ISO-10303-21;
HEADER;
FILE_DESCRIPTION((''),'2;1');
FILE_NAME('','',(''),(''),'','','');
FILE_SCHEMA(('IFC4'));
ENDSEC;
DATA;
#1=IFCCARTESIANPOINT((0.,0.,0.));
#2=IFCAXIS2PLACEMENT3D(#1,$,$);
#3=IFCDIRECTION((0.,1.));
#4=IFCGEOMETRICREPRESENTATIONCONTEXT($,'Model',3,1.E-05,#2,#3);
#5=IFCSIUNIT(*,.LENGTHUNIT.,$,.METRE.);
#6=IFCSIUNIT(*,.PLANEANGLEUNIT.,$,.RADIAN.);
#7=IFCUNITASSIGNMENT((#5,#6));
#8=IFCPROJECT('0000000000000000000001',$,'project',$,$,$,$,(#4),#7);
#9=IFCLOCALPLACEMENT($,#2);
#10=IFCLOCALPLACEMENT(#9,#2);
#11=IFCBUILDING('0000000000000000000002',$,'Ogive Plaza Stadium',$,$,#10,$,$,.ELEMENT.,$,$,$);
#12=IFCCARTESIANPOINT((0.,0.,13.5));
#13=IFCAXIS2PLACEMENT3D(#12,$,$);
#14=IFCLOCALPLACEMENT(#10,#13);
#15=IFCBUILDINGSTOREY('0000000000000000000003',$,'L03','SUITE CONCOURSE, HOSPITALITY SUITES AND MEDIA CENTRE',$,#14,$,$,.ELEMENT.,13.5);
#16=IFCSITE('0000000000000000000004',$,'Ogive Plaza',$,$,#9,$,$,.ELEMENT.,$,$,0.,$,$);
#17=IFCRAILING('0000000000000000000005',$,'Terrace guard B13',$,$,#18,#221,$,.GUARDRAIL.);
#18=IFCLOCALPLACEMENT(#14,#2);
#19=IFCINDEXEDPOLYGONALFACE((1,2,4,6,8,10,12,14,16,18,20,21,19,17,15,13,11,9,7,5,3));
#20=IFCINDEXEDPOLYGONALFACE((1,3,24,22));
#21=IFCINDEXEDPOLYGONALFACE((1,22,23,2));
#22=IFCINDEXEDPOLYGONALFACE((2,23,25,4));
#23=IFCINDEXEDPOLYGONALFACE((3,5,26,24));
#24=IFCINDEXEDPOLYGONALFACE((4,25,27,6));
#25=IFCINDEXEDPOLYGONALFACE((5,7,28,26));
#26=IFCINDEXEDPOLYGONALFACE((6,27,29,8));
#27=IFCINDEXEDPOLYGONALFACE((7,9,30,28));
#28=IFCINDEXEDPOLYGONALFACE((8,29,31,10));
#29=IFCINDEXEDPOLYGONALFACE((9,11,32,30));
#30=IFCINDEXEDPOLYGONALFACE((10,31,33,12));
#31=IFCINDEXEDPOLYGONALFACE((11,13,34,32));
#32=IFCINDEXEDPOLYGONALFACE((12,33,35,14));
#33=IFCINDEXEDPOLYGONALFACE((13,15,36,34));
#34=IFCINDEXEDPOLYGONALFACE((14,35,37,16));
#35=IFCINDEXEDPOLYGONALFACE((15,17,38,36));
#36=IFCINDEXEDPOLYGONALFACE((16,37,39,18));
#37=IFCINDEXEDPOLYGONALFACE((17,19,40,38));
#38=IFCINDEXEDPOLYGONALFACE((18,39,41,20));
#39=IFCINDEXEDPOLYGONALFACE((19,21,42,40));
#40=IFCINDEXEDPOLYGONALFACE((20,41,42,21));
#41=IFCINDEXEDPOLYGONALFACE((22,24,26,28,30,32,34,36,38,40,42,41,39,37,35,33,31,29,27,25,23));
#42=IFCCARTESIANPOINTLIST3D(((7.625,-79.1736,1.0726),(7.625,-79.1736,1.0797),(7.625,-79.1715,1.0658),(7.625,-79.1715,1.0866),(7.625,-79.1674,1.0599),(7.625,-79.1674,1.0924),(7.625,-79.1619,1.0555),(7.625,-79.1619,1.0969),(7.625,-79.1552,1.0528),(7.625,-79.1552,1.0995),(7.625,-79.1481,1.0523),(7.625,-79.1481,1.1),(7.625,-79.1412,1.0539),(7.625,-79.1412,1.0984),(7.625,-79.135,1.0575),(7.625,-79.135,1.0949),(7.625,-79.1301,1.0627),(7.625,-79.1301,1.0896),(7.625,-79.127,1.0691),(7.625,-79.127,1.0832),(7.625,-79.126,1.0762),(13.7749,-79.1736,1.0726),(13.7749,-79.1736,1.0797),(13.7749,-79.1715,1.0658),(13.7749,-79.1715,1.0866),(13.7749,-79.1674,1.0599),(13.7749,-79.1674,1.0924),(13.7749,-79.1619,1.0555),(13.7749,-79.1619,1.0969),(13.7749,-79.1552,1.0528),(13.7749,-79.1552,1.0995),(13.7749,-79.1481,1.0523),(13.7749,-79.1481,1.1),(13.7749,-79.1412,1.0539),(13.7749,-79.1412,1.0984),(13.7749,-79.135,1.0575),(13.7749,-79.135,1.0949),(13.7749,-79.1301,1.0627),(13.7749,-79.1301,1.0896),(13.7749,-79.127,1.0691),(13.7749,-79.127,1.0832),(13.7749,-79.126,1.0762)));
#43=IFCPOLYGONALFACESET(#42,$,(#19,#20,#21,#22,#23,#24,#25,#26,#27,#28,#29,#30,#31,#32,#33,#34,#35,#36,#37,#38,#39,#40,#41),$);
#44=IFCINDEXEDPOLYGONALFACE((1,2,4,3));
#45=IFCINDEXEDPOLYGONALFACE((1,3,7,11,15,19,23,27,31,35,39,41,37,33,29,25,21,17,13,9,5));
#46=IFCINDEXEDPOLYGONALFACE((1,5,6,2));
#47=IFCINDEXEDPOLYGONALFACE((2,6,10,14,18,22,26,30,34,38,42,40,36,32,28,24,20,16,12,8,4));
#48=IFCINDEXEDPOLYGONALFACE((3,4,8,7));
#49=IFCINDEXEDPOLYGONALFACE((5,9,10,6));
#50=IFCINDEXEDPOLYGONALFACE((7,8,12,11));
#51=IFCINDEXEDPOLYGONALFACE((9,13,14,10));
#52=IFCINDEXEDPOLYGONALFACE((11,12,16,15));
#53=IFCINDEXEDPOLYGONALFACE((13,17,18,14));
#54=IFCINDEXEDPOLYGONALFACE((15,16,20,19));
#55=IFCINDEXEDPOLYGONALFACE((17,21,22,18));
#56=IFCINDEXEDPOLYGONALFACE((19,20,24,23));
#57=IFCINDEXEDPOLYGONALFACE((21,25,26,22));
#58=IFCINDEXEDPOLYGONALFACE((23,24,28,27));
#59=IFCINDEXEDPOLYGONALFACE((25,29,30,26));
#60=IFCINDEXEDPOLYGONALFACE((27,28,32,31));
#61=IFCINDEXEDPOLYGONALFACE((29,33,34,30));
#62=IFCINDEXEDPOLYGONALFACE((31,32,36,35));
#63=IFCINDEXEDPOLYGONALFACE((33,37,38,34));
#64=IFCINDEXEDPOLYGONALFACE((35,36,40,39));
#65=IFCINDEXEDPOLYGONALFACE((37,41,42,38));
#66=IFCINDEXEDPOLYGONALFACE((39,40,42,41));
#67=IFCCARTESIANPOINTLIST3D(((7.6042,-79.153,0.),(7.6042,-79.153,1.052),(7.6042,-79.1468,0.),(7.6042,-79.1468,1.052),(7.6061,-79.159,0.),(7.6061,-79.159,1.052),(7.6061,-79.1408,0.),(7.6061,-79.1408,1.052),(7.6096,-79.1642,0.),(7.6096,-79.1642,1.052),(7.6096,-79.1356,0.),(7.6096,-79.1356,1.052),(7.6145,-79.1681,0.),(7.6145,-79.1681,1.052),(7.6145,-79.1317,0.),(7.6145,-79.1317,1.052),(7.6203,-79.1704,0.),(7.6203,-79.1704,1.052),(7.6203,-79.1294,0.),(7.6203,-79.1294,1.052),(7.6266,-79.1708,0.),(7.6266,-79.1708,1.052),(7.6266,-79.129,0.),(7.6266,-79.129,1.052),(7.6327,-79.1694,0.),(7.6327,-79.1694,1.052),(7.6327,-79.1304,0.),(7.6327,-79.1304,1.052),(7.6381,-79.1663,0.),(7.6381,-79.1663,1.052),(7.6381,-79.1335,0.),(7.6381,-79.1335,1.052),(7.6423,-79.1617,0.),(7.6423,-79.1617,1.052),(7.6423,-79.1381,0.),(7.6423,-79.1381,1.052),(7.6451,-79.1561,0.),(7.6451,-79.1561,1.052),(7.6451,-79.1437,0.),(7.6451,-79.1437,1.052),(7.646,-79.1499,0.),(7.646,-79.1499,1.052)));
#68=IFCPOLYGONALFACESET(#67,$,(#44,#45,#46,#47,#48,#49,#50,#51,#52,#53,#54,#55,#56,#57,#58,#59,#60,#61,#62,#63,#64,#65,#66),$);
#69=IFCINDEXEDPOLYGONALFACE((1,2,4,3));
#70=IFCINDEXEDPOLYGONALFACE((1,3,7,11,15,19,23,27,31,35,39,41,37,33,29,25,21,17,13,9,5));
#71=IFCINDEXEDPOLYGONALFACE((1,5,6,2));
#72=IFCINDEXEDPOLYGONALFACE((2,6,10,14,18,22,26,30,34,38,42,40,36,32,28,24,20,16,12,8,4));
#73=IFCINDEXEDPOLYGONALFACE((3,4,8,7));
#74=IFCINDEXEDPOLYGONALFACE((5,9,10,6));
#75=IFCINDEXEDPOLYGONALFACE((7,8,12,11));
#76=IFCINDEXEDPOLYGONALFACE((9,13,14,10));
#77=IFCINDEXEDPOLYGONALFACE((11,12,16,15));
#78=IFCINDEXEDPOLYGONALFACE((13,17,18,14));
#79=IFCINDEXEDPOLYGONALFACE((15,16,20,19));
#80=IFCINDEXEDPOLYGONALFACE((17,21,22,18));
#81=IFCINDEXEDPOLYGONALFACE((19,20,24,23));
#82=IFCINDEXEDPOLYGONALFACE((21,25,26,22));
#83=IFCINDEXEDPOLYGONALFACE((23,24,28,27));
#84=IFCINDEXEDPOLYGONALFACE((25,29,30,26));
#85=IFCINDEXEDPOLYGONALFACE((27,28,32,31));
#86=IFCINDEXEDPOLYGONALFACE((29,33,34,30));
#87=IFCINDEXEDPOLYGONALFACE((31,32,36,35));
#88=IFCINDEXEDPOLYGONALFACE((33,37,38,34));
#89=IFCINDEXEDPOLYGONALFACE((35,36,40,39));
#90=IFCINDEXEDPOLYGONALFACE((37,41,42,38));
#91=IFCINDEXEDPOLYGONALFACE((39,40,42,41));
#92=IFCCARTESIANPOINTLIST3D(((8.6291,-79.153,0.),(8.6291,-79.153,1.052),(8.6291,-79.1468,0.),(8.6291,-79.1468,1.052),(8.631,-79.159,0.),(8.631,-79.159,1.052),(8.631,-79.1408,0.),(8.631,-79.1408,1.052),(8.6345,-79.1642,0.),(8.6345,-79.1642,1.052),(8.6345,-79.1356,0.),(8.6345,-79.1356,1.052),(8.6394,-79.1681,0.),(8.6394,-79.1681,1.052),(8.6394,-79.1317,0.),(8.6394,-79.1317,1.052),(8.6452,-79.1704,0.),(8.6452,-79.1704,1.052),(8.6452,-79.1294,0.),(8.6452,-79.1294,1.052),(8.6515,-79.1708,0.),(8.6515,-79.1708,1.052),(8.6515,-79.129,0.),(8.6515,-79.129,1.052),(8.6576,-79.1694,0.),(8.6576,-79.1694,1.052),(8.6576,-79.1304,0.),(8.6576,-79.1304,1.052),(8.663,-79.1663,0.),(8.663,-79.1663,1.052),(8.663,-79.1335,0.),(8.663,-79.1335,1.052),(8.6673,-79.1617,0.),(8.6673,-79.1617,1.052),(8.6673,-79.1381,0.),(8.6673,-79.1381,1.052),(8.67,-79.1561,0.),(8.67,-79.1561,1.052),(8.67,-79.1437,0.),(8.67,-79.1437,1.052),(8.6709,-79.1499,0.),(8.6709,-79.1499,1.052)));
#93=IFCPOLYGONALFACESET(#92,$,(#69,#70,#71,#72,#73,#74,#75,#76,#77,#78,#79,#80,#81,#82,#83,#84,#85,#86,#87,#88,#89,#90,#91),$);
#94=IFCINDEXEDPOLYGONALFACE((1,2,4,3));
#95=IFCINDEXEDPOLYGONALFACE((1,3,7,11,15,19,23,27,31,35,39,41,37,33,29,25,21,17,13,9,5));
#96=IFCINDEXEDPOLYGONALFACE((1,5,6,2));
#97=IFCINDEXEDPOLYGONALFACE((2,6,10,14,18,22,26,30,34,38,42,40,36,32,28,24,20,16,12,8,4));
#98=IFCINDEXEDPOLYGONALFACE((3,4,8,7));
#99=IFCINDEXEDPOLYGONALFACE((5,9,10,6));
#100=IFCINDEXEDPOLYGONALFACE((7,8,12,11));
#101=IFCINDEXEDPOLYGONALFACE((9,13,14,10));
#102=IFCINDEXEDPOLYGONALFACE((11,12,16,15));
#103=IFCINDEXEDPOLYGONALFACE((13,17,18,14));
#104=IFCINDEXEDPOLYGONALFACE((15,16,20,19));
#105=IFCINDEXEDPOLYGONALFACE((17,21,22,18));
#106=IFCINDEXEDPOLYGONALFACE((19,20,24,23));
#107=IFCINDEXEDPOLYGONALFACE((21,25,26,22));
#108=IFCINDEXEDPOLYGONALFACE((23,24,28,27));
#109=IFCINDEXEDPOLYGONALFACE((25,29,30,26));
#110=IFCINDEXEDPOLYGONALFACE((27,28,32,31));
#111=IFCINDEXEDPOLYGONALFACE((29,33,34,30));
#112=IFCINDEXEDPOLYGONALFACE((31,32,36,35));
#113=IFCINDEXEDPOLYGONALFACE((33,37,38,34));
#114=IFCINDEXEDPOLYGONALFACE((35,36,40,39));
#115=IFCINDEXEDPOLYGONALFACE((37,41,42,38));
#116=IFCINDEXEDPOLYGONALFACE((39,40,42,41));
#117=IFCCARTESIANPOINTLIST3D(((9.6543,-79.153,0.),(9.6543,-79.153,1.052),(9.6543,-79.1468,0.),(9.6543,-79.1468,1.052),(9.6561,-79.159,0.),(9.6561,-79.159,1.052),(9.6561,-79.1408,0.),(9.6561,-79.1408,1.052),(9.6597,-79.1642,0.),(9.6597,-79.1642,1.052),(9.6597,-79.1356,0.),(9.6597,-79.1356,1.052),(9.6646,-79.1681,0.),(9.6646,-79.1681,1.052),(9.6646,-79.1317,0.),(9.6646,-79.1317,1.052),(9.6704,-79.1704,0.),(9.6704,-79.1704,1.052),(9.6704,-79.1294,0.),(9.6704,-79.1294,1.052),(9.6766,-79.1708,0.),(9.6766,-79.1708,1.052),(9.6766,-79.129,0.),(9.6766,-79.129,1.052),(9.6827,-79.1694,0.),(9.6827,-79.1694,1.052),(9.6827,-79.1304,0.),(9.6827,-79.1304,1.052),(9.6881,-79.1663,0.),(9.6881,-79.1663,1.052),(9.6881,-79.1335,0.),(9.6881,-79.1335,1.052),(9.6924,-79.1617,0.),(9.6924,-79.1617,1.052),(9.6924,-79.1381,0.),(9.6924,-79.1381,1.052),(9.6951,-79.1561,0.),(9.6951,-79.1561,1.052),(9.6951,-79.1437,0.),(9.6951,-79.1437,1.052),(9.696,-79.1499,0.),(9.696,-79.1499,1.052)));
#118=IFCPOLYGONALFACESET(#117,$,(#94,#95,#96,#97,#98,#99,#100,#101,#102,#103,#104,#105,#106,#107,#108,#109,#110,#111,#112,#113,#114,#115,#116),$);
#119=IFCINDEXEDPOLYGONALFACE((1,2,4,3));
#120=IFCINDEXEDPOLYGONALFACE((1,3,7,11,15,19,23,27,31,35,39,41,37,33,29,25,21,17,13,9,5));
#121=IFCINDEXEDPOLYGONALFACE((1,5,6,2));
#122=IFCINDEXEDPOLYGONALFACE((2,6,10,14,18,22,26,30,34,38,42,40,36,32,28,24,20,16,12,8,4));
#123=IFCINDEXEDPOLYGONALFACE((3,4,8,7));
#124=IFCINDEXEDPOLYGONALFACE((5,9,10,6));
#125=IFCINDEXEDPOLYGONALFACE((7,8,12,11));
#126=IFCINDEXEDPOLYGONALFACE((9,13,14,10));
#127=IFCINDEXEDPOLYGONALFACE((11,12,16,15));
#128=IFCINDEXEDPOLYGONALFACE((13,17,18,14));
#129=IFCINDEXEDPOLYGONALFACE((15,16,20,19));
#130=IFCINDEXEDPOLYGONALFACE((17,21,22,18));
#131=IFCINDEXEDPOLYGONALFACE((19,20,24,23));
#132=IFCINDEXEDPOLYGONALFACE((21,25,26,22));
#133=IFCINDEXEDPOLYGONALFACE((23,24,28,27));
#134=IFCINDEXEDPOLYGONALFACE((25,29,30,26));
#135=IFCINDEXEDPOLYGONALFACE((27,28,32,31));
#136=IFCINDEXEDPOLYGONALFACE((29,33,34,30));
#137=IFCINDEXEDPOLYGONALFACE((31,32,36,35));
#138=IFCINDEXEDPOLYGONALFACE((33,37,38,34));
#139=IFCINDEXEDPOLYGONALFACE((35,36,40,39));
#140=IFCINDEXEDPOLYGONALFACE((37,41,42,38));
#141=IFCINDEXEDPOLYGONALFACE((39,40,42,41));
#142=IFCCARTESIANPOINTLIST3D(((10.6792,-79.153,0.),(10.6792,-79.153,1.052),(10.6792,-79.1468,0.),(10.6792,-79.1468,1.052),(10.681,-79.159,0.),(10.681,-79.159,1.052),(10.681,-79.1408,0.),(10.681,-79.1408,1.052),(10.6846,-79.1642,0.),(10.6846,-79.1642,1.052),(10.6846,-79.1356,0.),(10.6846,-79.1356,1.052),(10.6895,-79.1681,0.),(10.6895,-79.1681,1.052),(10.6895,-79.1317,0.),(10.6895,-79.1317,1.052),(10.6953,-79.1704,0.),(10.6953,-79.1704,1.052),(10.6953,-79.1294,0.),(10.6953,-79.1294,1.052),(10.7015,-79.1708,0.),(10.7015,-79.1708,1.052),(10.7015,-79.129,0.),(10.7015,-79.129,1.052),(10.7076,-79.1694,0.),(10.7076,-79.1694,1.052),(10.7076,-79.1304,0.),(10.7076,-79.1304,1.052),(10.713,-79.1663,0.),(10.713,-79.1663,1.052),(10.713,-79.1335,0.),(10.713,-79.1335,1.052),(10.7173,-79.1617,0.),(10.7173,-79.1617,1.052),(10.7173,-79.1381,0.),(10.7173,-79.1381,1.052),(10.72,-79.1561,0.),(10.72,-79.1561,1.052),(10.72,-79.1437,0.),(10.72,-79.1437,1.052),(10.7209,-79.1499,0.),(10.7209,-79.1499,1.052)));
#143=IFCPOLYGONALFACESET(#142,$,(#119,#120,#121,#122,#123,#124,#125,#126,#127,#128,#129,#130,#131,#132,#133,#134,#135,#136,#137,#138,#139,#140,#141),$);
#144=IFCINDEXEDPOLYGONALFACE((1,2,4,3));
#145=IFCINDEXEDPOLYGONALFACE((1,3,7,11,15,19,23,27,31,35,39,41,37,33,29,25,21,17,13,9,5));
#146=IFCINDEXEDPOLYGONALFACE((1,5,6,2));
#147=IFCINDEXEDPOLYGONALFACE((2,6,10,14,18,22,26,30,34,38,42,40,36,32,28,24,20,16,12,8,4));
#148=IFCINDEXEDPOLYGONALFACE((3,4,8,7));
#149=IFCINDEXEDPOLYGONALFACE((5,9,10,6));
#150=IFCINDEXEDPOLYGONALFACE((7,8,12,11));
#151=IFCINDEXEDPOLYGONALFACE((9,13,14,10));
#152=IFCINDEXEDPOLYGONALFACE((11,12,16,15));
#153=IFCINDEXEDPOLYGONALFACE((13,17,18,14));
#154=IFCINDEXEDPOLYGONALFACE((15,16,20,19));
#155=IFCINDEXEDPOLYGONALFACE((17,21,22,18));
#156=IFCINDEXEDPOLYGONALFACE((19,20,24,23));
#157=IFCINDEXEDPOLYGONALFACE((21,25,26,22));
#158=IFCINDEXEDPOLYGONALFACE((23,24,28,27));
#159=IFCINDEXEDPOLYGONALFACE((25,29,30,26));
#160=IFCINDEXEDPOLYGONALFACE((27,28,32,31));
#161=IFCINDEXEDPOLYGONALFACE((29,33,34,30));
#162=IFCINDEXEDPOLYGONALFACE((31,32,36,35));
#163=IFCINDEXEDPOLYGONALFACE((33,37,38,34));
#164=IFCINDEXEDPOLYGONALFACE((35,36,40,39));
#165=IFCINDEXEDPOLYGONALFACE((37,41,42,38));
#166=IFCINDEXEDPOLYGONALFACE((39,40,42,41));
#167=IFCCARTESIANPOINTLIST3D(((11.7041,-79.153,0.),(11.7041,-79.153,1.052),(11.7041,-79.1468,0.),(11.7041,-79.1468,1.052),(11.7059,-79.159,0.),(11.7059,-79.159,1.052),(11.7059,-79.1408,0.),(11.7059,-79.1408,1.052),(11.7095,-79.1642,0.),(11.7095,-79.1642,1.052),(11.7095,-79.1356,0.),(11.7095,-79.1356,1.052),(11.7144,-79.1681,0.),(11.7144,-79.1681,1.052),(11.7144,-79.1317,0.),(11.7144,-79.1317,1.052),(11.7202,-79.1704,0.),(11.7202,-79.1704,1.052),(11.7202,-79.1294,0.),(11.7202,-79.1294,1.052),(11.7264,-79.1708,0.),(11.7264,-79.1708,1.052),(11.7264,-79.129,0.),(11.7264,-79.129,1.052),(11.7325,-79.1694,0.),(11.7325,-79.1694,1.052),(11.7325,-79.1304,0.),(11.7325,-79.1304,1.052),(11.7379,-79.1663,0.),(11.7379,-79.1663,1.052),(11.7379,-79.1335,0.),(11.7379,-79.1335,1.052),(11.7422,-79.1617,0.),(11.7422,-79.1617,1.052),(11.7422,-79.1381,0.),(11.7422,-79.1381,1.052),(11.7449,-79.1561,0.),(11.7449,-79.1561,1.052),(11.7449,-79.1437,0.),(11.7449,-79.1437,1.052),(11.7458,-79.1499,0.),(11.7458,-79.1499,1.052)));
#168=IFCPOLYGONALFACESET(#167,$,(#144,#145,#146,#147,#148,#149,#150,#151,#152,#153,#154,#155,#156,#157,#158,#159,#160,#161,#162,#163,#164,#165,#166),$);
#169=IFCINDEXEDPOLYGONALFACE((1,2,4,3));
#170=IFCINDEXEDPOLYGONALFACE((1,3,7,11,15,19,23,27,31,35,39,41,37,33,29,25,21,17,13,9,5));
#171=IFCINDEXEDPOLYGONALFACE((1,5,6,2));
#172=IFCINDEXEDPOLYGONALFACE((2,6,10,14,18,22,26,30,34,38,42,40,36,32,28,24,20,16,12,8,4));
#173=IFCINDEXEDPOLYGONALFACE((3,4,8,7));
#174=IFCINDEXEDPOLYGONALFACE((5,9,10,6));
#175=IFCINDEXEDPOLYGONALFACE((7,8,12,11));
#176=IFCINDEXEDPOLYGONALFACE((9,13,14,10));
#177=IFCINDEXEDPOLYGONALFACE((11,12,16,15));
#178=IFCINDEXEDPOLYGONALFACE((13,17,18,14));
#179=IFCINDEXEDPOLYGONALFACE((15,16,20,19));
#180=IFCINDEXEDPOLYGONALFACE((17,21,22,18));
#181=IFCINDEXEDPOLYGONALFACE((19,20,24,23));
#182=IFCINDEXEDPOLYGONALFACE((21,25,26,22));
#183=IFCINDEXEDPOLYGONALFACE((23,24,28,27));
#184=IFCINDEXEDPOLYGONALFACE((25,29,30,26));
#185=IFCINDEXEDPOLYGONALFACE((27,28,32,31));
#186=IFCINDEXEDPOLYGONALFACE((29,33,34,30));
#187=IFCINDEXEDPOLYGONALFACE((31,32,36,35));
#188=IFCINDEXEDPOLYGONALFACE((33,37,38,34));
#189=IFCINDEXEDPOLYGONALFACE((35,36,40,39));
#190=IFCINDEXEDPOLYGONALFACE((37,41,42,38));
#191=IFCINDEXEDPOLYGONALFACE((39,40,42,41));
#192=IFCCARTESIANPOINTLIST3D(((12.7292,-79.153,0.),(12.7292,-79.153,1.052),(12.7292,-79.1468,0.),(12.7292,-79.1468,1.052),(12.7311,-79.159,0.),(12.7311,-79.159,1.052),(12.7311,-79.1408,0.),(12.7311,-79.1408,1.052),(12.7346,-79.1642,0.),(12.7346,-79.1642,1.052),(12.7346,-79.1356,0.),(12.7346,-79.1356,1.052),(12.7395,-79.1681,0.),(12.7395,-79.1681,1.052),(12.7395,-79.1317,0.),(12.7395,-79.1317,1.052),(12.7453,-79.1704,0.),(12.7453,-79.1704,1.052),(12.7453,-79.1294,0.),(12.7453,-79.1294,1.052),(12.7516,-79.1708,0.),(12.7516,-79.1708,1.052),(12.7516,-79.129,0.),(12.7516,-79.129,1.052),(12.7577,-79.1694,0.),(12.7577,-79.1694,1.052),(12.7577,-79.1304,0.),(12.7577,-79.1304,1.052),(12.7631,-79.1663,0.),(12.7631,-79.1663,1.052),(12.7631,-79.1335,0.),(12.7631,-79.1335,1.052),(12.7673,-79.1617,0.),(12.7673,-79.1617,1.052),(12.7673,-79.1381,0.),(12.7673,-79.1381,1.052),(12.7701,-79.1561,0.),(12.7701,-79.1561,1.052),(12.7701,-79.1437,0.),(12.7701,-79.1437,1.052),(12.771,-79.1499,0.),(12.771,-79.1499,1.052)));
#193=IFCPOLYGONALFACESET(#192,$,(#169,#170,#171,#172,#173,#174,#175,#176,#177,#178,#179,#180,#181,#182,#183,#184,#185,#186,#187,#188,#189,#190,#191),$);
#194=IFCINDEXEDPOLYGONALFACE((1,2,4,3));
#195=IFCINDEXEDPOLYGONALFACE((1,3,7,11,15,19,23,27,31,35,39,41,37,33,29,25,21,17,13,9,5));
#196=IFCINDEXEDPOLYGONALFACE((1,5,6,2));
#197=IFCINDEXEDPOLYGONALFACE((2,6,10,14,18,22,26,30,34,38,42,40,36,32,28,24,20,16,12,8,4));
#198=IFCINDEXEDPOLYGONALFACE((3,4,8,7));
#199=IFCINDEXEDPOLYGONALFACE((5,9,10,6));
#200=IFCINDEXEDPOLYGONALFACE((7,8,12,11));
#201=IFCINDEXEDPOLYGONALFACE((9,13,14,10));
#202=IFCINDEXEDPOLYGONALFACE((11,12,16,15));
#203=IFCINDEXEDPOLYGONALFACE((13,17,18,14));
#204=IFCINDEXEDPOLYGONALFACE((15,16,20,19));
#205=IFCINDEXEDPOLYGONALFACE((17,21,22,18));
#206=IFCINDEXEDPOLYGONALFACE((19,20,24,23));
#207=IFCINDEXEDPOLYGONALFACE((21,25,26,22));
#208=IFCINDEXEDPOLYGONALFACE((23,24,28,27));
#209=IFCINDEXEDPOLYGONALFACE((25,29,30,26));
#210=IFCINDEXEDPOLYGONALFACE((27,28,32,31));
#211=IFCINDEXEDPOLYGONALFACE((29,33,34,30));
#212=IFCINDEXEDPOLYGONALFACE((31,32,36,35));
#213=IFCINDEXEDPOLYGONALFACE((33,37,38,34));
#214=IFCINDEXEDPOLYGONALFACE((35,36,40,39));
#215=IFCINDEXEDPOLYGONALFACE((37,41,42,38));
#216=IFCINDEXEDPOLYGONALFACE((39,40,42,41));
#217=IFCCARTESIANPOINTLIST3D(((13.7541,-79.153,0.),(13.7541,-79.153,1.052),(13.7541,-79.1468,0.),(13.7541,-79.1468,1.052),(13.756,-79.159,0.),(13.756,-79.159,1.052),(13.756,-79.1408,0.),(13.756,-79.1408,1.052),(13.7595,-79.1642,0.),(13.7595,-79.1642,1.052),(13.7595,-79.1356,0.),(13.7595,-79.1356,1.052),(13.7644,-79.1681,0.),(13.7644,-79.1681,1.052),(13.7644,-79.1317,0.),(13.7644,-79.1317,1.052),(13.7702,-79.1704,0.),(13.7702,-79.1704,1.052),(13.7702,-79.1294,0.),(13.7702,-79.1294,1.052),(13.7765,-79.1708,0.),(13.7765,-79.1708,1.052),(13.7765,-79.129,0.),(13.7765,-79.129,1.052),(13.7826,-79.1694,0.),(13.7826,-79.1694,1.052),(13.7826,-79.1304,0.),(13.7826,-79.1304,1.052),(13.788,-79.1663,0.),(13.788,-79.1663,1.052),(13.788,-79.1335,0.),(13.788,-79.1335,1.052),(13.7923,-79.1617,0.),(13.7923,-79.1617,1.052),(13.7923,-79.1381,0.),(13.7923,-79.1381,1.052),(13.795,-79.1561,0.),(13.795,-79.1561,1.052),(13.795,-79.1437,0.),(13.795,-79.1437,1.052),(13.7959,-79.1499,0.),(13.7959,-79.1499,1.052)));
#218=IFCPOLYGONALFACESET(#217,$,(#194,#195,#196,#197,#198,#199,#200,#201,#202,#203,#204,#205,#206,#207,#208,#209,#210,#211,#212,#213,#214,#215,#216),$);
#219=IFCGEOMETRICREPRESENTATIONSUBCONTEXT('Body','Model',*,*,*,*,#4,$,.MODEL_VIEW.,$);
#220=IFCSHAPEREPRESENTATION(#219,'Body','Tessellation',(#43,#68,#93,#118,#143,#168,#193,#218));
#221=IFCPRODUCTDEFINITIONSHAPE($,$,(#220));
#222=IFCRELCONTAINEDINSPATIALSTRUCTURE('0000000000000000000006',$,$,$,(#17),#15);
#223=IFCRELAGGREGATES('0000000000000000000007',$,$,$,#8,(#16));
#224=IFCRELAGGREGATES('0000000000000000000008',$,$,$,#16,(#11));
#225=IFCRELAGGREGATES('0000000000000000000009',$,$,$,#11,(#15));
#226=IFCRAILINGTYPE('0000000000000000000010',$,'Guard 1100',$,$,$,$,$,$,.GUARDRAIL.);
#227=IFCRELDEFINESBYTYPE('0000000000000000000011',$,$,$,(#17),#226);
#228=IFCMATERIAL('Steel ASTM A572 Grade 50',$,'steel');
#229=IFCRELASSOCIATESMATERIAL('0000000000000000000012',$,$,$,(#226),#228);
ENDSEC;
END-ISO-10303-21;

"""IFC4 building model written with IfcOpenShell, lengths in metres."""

from ifc_helpers import new_model, si_unit, direction, frame, origin, origin_2d, place, context, subcontext, project, spatial, circle, extrude, material, type_object, element, save


model = new_model("IFC4")

# Units and contexts
model_context = context("Model", 3, precision=1e-05, world=origin(), true_north=direction((0.0, 1.0)))
body_context = subcontext(model_context, "Body", "Model", "MODEL_VIEW")
ifc_project = project(units=[si_unit("LENGTHUNIT", "METRE"), si_unit("PLANEANGLEUNIT", "RADIAN")], contexts=[model_context])

# Site, building, storey
site_placement = place(None, origin())
site = spatial("IfcSite", under=ifc_project, at=site_placement, Name="Ogive Plaza", CompositionType="ELEMENT", RefElevation=0.0)
building_placement = place(site_placement, origin())
building = spatial("IfcBuilding", under=site, at=building_placement, Name="Ogive Plaza Stadium", CompositionType="ELEMENT")
storey_placement = place(building_placement, frame((0.0, 0.0, 13.5)))
storey = spatial("IfcBuildingStorey", under=building, at=storey_placement, Name="L03", Description="SUITE CONCOURSE, HOSPITALITY SUITES AND MEDIA CENTRE", CompositionType="ELEMENT", Elevation=13.5)

# Railing
ifc_material_1 = material(Name="Steel ASTM A572 Grade 50", Category="steel")
railing_type = type_object("IfcRailingType", Name="Guard 1100", PredefinedType="GUARDRAIL", material=ifc_material_1)
railing_1_placement = place(storey_placement, frame((7.625, -79.1499, 0.0)))
element("IfcRailing", 1, at=railing_1_placement, inside=storey, type_object=railing_type, Name="Terrace guard B13", PredefinedType="GUARDRAIL", context=body_context, shape_type="SweptSolid", body=[
    extrude(circle(Radius=0.0239, at=origin_2d()), frame((0.0, 0.0, 1.0762), z_axis=(1.0, 0.0, 0.0), x_axis=(0.0, 1.0, 0.0)), (0.0, 0.0, 1.0), 6.1499),
    extrude(circle(Radius=0.021, at=origin_2d()), origin(), (0.0, 0.0, 1.0), 1.052),
    extrude(circle(Radius=0.021, at=origin_2d()), frame((1.0249, 0.0, 0.0)), (0.0, 0.0, 1.0), 1.052),
    extrude(circle(Radius=0.021, at=origin_2d()), frame((2.05, 0.0, 0.0)), (0.0, 0.0, 1.0), 1.052),
    extrude(circle(Radius=0.021, at=origin_2d()), frame((3.075, 0.0, 0.0)), (0.0, 0.0, 1.0), 1.052),
    extrude(circle(Radius=0.021, at=origin_2d()), frame((4.0999, 0.0, 0.0)), (0.0, 0.0, 1.0), 1.052),
    extrude(circle(Radius=0.021, at=origin_2d()), frame((5.125, 0.0, 0.0)), (0.0, 0.0, 1.0), 1.052),
    extrude(circle(Radius=0.021, at=origin_2d()), frame((6.1499, 0.0, 0.0)), (0.0, 0.0, 1.0), 1.052),
])

save(model, "model.ifc")
